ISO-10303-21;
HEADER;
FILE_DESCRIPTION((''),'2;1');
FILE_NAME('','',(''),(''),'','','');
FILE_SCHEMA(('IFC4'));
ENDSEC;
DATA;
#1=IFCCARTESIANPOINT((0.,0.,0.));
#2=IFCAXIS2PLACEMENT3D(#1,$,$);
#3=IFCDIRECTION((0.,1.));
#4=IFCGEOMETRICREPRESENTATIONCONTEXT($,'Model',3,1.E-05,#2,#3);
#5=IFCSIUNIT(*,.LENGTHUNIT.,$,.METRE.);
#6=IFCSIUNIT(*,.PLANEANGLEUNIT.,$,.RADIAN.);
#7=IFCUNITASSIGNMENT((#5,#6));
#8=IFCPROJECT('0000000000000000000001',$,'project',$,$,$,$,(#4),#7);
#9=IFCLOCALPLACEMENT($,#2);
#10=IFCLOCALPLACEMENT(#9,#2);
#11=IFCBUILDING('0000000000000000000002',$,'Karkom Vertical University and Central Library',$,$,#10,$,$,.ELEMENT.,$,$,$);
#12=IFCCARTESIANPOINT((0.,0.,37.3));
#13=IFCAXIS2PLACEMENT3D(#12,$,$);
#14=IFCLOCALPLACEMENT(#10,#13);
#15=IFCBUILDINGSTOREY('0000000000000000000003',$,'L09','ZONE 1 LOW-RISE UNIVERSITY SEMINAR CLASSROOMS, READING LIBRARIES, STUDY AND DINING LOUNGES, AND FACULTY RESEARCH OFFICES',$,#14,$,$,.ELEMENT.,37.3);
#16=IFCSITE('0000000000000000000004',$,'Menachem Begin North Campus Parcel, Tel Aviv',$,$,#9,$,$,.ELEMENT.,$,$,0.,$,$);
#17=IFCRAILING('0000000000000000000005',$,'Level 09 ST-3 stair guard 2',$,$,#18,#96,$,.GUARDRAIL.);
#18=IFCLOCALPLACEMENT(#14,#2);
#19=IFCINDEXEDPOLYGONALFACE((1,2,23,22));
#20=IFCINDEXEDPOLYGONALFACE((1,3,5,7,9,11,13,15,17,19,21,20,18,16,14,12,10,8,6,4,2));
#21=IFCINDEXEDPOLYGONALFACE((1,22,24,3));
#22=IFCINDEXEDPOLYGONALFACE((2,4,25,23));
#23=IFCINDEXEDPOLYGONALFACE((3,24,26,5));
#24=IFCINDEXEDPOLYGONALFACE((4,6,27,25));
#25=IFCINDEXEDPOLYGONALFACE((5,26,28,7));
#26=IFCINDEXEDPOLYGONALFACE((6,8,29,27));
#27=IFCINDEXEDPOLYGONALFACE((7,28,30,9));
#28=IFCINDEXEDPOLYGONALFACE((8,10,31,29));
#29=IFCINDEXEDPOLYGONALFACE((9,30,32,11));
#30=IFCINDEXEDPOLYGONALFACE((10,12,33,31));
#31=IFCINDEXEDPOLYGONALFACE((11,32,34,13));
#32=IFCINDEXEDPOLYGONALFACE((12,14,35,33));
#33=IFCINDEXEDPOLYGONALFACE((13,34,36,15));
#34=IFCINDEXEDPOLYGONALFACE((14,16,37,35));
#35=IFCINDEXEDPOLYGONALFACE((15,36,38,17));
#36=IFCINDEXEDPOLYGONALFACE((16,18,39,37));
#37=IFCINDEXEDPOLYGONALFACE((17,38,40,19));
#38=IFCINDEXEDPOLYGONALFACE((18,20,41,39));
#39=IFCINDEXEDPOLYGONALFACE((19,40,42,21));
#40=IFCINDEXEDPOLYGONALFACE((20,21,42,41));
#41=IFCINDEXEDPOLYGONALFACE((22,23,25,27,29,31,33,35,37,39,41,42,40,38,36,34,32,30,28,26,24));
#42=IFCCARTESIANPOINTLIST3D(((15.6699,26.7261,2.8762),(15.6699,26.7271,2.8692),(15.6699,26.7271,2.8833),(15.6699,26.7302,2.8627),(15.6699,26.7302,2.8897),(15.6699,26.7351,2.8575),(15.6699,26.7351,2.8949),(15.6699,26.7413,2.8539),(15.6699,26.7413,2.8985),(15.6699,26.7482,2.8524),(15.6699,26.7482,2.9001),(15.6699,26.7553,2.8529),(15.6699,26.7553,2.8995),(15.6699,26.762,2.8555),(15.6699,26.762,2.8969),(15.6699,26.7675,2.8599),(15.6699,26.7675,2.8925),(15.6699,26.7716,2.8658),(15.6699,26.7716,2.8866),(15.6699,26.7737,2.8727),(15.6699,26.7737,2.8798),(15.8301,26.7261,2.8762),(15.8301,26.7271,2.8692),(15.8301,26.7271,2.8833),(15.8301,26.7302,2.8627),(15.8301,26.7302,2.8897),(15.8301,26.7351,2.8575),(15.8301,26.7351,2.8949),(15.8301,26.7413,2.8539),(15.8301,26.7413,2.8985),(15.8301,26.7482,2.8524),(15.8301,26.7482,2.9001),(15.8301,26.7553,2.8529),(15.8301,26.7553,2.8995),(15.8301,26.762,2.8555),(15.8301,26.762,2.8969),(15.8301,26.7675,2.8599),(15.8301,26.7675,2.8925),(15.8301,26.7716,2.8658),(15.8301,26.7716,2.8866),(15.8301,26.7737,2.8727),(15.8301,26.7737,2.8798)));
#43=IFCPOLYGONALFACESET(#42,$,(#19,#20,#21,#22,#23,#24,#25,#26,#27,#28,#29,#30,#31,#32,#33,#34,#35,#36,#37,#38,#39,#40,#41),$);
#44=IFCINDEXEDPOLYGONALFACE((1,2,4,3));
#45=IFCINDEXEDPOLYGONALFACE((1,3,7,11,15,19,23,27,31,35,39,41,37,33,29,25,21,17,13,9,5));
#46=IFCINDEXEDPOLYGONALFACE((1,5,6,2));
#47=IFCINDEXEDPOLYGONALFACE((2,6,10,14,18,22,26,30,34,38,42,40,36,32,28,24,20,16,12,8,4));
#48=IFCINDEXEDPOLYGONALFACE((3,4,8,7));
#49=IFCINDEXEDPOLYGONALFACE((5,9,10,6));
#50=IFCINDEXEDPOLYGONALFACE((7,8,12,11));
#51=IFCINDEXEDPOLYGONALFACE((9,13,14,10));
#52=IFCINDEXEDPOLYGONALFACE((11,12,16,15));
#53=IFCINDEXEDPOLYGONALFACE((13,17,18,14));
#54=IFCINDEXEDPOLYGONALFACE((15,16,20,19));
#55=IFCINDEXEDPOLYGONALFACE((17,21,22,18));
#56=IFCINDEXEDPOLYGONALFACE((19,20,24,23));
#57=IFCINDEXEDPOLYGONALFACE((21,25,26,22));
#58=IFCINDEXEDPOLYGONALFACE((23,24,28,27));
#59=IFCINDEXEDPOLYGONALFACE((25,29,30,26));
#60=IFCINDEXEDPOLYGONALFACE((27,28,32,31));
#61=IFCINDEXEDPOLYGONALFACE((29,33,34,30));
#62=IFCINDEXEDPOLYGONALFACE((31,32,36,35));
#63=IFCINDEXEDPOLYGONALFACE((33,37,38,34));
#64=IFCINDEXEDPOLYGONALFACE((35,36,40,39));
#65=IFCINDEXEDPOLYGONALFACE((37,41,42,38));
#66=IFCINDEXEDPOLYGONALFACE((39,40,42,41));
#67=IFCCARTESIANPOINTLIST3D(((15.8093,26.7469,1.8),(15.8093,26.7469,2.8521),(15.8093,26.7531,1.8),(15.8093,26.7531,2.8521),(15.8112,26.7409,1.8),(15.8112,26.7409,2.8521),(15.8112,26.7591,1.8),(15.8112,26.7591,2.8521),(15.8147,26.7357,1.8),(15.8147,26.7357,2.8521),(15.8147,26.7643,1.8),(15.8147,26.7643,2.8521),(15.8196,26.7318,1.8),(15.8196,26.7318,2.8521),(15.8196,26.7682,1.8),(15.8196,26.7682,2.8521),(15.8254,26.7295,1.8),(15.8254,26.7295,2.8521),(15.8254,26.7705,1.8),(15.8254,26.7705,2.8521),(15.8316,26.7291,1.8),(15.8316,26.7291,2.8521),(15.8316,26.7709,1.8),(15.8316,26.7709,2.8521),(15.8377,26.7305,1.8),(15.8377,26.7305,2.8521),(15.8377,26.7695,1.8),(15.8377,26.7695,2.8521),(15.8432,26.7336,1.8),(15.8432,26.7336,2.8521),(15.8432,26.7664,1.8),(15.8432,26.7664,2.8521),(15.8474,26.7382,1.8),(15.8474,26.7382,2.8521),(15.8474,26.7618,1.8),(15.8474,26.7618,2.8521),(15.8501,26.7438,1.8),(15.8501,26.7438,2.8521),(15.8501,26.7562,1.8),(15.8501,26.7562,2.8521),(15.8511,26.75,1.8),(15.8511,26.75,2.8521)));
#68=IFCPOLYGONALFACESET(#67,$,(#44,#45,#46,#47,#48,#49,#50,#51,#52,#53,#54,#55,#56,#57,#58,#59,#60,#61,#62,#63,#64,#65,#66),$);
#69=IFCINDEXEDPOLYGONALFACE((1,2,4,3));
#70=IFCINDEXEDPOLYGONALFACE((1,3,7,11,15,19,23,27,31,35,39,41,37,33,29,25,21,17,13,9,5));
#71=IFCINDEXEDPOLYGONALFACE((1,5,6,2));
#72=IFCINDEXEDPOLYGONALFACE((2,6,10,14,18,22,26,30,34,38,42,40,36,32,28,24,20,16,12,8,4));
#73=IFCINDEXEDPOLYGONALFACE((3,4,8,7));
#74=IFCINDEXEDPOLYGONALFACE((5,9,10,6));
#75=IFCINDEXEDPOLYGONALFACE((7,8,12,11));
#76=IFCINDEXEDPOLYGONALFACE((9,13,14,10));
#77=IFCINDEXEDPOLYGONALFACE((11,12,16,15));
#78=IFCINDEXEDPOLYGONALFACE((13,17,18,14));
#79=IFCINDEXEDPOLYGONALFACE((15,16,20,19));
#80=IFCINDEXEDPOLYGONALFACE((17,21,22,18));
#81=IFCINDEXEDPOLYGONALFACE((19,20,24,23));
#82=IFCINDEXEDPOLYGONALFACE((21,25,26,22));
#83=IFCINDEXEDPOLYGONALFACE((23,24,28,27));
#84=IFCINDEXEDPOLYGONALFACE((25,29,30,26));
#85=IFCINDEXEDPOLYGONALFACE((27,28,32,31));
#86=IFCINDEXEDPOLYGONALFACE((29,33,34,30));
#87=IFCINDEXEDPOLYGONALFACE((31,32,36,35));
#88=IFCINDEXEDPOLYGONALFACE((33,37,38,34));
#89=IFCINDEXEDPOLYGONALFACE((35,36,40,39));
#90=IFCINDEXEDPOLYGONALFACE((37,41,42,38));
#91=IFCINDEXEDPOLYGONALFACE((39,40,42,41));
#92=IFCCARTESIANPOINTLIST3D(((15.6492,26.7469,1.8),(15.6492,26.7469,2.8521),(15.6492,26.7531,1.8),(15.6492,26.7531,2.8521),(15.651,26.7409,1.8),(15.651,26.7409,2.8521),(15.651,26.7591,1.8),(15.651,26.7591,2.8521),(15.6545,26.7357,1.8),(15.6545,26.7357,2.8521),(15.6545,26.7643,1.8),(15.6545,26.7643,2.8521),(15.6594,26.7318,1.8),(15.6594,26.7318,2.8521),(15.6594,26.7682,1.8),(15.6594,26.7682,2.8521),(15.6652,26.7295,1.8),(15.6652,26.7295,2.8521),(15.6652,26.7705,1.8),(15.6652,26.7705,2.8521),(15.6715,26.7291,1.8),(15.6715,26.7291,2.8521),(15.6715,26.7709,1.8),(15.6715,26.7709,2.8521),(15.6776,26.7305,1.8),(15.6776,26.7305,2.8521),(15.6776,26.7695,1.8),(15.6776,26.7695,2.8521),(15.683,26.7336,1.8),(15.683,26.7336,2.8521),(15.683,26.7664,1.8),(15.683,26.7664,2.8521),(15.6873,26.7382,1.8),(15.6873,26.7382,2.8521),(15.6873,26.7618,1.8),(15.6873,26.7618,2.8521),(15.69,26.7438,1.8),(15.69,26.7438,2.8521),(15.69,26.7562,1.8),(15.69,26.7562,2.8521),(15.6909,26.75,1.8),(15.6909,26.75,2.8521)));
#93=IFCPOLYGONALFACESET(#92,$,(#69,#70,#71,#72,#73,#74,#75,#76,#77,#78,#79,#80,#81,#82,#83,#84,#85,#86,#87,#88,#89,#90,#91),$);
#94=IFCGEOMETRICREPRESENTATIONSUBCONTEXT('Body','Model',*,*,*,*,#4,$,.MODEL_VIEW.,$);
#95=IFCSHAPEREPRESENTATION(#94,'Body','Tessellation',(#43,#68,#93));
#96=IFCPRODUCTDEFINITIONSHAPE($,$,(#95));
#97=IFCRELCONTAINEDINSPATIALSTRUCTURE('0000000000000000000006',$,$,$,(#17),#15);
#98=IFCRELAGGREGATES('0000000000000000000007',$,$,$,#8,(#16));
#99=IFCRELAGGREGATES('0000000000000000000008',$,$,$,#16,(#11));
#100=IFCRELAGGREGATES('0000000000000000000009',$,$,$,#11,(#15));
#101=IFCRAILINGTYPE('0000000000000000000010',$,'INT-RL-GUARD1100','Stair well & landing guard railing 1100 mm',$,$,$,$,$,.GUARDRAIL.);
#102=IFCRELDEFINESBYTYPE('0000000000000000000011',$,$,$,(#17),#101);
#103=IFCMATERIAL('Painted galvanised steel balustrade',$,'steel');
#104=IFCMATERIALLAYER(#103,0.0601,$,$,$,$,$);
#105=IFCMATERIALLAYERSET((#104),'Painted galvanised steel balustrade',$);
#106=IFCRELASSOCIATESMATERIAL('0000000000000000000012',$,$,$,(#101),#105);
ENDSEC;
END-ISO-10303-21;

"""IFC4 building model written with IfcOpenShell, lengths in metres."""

from ifc_helpers import new_model, si_unit, direction, frame, origin, origin_2d, place, context, subcontext, project, spatial, circle, extrude, material, layer, layer_set, type_object, element, save


model = new_model("IFC4")

# Units and contexts
model_context = context("Model", 3, precision=1e-05, world=origin(), true_north=direction((0.0, 1.0)))
body_context = subcontext(model_context, "Body", "Model", "MODEL_VIEW")
ifc_project = project(units=[si_unit("LENGTHUNIT", "METRE"), si_unit("PLANEANGLEUNIT", "RADIAN")], contexts=[model_context])

# Site, building, storey
site_placement = place(None, origin())
site = spatial("IfcSite", under=ifc_project, at=site_placement, Name="Menachem Begin North Campus Parcel, Tel Aviv", CompositionType="ELEMENT", RefElevation=0.0)
building_placement = place(site_placement, origin())
building = spatial("IfcBuilding", under=site, at=building_placement, Name="Karkom Vertical University and Central Library", CompositionType="ELEMENT")
storey_placement = place(building_placement, frame((0.0, 0.0, 37.3)))
storey = spatial("IfcBuildingStorey", under=building, at=storey_placement, Name="L09", Description="ZONE 1 LOW-RISE UNIVERSITY SEMINAR CLASSROOMS, READING LIBRARIES, STUDY AND DINING LOUNGES, AND FACULTY RESEARCH OFFICES", CompositionType="ELEMENT", Elevation=37.3)

# Railing
ifc_material_1 = material(Name="Painted galvanised steel balustrade", Category="steel")
ifc_layer_1 = layer(ifc_material_1, 0.0601)
ifc_layer_set_1 = layer_set([ifc_layer_1], Name="Painted galvanised steel balustrade")
railing_type_1 = type_object("IfcRailingType", Name="INT-RL-GUARD1100", Description="Stair well & landing guard railing 1100 mm", PredefinedType="GUARDRAIL", material=ifc_layer_set_1)
railing_1_placement = place(storey_placement, frame((15.8301, 26.75, 1.8)))
element("IfcRailing", 1, at=railing_1_placement, inside=storey, type_object=railing_type_1, Name="Level 09 ST-3 stair guard 2", PredefinedType="GUARDRAIL", context=body_context, shape_type="SweptSolid", body=[
    extrude(circle(Radius=0.0239, at=origin_2d()), frame((0.0, 0.0, 1.0762), z_axis=(-1.0, 0.0, 0.0), x_axis=(0.0, -1.0, 0.0)), (0.0, 0.0, 1.0), 0.1602),
    extrude(circle(Radius=0.021, at=origin_2d()), origin(), (0.0, 0.0, 1.0), 1.052),
    extrude(circle(Radius=0.021, at=origin_2d()), frame((-0.1602, 0.0, 0.0)), (0.0, 0.0, 1.0), 1.052),
])

save(model, "model.ifc")
